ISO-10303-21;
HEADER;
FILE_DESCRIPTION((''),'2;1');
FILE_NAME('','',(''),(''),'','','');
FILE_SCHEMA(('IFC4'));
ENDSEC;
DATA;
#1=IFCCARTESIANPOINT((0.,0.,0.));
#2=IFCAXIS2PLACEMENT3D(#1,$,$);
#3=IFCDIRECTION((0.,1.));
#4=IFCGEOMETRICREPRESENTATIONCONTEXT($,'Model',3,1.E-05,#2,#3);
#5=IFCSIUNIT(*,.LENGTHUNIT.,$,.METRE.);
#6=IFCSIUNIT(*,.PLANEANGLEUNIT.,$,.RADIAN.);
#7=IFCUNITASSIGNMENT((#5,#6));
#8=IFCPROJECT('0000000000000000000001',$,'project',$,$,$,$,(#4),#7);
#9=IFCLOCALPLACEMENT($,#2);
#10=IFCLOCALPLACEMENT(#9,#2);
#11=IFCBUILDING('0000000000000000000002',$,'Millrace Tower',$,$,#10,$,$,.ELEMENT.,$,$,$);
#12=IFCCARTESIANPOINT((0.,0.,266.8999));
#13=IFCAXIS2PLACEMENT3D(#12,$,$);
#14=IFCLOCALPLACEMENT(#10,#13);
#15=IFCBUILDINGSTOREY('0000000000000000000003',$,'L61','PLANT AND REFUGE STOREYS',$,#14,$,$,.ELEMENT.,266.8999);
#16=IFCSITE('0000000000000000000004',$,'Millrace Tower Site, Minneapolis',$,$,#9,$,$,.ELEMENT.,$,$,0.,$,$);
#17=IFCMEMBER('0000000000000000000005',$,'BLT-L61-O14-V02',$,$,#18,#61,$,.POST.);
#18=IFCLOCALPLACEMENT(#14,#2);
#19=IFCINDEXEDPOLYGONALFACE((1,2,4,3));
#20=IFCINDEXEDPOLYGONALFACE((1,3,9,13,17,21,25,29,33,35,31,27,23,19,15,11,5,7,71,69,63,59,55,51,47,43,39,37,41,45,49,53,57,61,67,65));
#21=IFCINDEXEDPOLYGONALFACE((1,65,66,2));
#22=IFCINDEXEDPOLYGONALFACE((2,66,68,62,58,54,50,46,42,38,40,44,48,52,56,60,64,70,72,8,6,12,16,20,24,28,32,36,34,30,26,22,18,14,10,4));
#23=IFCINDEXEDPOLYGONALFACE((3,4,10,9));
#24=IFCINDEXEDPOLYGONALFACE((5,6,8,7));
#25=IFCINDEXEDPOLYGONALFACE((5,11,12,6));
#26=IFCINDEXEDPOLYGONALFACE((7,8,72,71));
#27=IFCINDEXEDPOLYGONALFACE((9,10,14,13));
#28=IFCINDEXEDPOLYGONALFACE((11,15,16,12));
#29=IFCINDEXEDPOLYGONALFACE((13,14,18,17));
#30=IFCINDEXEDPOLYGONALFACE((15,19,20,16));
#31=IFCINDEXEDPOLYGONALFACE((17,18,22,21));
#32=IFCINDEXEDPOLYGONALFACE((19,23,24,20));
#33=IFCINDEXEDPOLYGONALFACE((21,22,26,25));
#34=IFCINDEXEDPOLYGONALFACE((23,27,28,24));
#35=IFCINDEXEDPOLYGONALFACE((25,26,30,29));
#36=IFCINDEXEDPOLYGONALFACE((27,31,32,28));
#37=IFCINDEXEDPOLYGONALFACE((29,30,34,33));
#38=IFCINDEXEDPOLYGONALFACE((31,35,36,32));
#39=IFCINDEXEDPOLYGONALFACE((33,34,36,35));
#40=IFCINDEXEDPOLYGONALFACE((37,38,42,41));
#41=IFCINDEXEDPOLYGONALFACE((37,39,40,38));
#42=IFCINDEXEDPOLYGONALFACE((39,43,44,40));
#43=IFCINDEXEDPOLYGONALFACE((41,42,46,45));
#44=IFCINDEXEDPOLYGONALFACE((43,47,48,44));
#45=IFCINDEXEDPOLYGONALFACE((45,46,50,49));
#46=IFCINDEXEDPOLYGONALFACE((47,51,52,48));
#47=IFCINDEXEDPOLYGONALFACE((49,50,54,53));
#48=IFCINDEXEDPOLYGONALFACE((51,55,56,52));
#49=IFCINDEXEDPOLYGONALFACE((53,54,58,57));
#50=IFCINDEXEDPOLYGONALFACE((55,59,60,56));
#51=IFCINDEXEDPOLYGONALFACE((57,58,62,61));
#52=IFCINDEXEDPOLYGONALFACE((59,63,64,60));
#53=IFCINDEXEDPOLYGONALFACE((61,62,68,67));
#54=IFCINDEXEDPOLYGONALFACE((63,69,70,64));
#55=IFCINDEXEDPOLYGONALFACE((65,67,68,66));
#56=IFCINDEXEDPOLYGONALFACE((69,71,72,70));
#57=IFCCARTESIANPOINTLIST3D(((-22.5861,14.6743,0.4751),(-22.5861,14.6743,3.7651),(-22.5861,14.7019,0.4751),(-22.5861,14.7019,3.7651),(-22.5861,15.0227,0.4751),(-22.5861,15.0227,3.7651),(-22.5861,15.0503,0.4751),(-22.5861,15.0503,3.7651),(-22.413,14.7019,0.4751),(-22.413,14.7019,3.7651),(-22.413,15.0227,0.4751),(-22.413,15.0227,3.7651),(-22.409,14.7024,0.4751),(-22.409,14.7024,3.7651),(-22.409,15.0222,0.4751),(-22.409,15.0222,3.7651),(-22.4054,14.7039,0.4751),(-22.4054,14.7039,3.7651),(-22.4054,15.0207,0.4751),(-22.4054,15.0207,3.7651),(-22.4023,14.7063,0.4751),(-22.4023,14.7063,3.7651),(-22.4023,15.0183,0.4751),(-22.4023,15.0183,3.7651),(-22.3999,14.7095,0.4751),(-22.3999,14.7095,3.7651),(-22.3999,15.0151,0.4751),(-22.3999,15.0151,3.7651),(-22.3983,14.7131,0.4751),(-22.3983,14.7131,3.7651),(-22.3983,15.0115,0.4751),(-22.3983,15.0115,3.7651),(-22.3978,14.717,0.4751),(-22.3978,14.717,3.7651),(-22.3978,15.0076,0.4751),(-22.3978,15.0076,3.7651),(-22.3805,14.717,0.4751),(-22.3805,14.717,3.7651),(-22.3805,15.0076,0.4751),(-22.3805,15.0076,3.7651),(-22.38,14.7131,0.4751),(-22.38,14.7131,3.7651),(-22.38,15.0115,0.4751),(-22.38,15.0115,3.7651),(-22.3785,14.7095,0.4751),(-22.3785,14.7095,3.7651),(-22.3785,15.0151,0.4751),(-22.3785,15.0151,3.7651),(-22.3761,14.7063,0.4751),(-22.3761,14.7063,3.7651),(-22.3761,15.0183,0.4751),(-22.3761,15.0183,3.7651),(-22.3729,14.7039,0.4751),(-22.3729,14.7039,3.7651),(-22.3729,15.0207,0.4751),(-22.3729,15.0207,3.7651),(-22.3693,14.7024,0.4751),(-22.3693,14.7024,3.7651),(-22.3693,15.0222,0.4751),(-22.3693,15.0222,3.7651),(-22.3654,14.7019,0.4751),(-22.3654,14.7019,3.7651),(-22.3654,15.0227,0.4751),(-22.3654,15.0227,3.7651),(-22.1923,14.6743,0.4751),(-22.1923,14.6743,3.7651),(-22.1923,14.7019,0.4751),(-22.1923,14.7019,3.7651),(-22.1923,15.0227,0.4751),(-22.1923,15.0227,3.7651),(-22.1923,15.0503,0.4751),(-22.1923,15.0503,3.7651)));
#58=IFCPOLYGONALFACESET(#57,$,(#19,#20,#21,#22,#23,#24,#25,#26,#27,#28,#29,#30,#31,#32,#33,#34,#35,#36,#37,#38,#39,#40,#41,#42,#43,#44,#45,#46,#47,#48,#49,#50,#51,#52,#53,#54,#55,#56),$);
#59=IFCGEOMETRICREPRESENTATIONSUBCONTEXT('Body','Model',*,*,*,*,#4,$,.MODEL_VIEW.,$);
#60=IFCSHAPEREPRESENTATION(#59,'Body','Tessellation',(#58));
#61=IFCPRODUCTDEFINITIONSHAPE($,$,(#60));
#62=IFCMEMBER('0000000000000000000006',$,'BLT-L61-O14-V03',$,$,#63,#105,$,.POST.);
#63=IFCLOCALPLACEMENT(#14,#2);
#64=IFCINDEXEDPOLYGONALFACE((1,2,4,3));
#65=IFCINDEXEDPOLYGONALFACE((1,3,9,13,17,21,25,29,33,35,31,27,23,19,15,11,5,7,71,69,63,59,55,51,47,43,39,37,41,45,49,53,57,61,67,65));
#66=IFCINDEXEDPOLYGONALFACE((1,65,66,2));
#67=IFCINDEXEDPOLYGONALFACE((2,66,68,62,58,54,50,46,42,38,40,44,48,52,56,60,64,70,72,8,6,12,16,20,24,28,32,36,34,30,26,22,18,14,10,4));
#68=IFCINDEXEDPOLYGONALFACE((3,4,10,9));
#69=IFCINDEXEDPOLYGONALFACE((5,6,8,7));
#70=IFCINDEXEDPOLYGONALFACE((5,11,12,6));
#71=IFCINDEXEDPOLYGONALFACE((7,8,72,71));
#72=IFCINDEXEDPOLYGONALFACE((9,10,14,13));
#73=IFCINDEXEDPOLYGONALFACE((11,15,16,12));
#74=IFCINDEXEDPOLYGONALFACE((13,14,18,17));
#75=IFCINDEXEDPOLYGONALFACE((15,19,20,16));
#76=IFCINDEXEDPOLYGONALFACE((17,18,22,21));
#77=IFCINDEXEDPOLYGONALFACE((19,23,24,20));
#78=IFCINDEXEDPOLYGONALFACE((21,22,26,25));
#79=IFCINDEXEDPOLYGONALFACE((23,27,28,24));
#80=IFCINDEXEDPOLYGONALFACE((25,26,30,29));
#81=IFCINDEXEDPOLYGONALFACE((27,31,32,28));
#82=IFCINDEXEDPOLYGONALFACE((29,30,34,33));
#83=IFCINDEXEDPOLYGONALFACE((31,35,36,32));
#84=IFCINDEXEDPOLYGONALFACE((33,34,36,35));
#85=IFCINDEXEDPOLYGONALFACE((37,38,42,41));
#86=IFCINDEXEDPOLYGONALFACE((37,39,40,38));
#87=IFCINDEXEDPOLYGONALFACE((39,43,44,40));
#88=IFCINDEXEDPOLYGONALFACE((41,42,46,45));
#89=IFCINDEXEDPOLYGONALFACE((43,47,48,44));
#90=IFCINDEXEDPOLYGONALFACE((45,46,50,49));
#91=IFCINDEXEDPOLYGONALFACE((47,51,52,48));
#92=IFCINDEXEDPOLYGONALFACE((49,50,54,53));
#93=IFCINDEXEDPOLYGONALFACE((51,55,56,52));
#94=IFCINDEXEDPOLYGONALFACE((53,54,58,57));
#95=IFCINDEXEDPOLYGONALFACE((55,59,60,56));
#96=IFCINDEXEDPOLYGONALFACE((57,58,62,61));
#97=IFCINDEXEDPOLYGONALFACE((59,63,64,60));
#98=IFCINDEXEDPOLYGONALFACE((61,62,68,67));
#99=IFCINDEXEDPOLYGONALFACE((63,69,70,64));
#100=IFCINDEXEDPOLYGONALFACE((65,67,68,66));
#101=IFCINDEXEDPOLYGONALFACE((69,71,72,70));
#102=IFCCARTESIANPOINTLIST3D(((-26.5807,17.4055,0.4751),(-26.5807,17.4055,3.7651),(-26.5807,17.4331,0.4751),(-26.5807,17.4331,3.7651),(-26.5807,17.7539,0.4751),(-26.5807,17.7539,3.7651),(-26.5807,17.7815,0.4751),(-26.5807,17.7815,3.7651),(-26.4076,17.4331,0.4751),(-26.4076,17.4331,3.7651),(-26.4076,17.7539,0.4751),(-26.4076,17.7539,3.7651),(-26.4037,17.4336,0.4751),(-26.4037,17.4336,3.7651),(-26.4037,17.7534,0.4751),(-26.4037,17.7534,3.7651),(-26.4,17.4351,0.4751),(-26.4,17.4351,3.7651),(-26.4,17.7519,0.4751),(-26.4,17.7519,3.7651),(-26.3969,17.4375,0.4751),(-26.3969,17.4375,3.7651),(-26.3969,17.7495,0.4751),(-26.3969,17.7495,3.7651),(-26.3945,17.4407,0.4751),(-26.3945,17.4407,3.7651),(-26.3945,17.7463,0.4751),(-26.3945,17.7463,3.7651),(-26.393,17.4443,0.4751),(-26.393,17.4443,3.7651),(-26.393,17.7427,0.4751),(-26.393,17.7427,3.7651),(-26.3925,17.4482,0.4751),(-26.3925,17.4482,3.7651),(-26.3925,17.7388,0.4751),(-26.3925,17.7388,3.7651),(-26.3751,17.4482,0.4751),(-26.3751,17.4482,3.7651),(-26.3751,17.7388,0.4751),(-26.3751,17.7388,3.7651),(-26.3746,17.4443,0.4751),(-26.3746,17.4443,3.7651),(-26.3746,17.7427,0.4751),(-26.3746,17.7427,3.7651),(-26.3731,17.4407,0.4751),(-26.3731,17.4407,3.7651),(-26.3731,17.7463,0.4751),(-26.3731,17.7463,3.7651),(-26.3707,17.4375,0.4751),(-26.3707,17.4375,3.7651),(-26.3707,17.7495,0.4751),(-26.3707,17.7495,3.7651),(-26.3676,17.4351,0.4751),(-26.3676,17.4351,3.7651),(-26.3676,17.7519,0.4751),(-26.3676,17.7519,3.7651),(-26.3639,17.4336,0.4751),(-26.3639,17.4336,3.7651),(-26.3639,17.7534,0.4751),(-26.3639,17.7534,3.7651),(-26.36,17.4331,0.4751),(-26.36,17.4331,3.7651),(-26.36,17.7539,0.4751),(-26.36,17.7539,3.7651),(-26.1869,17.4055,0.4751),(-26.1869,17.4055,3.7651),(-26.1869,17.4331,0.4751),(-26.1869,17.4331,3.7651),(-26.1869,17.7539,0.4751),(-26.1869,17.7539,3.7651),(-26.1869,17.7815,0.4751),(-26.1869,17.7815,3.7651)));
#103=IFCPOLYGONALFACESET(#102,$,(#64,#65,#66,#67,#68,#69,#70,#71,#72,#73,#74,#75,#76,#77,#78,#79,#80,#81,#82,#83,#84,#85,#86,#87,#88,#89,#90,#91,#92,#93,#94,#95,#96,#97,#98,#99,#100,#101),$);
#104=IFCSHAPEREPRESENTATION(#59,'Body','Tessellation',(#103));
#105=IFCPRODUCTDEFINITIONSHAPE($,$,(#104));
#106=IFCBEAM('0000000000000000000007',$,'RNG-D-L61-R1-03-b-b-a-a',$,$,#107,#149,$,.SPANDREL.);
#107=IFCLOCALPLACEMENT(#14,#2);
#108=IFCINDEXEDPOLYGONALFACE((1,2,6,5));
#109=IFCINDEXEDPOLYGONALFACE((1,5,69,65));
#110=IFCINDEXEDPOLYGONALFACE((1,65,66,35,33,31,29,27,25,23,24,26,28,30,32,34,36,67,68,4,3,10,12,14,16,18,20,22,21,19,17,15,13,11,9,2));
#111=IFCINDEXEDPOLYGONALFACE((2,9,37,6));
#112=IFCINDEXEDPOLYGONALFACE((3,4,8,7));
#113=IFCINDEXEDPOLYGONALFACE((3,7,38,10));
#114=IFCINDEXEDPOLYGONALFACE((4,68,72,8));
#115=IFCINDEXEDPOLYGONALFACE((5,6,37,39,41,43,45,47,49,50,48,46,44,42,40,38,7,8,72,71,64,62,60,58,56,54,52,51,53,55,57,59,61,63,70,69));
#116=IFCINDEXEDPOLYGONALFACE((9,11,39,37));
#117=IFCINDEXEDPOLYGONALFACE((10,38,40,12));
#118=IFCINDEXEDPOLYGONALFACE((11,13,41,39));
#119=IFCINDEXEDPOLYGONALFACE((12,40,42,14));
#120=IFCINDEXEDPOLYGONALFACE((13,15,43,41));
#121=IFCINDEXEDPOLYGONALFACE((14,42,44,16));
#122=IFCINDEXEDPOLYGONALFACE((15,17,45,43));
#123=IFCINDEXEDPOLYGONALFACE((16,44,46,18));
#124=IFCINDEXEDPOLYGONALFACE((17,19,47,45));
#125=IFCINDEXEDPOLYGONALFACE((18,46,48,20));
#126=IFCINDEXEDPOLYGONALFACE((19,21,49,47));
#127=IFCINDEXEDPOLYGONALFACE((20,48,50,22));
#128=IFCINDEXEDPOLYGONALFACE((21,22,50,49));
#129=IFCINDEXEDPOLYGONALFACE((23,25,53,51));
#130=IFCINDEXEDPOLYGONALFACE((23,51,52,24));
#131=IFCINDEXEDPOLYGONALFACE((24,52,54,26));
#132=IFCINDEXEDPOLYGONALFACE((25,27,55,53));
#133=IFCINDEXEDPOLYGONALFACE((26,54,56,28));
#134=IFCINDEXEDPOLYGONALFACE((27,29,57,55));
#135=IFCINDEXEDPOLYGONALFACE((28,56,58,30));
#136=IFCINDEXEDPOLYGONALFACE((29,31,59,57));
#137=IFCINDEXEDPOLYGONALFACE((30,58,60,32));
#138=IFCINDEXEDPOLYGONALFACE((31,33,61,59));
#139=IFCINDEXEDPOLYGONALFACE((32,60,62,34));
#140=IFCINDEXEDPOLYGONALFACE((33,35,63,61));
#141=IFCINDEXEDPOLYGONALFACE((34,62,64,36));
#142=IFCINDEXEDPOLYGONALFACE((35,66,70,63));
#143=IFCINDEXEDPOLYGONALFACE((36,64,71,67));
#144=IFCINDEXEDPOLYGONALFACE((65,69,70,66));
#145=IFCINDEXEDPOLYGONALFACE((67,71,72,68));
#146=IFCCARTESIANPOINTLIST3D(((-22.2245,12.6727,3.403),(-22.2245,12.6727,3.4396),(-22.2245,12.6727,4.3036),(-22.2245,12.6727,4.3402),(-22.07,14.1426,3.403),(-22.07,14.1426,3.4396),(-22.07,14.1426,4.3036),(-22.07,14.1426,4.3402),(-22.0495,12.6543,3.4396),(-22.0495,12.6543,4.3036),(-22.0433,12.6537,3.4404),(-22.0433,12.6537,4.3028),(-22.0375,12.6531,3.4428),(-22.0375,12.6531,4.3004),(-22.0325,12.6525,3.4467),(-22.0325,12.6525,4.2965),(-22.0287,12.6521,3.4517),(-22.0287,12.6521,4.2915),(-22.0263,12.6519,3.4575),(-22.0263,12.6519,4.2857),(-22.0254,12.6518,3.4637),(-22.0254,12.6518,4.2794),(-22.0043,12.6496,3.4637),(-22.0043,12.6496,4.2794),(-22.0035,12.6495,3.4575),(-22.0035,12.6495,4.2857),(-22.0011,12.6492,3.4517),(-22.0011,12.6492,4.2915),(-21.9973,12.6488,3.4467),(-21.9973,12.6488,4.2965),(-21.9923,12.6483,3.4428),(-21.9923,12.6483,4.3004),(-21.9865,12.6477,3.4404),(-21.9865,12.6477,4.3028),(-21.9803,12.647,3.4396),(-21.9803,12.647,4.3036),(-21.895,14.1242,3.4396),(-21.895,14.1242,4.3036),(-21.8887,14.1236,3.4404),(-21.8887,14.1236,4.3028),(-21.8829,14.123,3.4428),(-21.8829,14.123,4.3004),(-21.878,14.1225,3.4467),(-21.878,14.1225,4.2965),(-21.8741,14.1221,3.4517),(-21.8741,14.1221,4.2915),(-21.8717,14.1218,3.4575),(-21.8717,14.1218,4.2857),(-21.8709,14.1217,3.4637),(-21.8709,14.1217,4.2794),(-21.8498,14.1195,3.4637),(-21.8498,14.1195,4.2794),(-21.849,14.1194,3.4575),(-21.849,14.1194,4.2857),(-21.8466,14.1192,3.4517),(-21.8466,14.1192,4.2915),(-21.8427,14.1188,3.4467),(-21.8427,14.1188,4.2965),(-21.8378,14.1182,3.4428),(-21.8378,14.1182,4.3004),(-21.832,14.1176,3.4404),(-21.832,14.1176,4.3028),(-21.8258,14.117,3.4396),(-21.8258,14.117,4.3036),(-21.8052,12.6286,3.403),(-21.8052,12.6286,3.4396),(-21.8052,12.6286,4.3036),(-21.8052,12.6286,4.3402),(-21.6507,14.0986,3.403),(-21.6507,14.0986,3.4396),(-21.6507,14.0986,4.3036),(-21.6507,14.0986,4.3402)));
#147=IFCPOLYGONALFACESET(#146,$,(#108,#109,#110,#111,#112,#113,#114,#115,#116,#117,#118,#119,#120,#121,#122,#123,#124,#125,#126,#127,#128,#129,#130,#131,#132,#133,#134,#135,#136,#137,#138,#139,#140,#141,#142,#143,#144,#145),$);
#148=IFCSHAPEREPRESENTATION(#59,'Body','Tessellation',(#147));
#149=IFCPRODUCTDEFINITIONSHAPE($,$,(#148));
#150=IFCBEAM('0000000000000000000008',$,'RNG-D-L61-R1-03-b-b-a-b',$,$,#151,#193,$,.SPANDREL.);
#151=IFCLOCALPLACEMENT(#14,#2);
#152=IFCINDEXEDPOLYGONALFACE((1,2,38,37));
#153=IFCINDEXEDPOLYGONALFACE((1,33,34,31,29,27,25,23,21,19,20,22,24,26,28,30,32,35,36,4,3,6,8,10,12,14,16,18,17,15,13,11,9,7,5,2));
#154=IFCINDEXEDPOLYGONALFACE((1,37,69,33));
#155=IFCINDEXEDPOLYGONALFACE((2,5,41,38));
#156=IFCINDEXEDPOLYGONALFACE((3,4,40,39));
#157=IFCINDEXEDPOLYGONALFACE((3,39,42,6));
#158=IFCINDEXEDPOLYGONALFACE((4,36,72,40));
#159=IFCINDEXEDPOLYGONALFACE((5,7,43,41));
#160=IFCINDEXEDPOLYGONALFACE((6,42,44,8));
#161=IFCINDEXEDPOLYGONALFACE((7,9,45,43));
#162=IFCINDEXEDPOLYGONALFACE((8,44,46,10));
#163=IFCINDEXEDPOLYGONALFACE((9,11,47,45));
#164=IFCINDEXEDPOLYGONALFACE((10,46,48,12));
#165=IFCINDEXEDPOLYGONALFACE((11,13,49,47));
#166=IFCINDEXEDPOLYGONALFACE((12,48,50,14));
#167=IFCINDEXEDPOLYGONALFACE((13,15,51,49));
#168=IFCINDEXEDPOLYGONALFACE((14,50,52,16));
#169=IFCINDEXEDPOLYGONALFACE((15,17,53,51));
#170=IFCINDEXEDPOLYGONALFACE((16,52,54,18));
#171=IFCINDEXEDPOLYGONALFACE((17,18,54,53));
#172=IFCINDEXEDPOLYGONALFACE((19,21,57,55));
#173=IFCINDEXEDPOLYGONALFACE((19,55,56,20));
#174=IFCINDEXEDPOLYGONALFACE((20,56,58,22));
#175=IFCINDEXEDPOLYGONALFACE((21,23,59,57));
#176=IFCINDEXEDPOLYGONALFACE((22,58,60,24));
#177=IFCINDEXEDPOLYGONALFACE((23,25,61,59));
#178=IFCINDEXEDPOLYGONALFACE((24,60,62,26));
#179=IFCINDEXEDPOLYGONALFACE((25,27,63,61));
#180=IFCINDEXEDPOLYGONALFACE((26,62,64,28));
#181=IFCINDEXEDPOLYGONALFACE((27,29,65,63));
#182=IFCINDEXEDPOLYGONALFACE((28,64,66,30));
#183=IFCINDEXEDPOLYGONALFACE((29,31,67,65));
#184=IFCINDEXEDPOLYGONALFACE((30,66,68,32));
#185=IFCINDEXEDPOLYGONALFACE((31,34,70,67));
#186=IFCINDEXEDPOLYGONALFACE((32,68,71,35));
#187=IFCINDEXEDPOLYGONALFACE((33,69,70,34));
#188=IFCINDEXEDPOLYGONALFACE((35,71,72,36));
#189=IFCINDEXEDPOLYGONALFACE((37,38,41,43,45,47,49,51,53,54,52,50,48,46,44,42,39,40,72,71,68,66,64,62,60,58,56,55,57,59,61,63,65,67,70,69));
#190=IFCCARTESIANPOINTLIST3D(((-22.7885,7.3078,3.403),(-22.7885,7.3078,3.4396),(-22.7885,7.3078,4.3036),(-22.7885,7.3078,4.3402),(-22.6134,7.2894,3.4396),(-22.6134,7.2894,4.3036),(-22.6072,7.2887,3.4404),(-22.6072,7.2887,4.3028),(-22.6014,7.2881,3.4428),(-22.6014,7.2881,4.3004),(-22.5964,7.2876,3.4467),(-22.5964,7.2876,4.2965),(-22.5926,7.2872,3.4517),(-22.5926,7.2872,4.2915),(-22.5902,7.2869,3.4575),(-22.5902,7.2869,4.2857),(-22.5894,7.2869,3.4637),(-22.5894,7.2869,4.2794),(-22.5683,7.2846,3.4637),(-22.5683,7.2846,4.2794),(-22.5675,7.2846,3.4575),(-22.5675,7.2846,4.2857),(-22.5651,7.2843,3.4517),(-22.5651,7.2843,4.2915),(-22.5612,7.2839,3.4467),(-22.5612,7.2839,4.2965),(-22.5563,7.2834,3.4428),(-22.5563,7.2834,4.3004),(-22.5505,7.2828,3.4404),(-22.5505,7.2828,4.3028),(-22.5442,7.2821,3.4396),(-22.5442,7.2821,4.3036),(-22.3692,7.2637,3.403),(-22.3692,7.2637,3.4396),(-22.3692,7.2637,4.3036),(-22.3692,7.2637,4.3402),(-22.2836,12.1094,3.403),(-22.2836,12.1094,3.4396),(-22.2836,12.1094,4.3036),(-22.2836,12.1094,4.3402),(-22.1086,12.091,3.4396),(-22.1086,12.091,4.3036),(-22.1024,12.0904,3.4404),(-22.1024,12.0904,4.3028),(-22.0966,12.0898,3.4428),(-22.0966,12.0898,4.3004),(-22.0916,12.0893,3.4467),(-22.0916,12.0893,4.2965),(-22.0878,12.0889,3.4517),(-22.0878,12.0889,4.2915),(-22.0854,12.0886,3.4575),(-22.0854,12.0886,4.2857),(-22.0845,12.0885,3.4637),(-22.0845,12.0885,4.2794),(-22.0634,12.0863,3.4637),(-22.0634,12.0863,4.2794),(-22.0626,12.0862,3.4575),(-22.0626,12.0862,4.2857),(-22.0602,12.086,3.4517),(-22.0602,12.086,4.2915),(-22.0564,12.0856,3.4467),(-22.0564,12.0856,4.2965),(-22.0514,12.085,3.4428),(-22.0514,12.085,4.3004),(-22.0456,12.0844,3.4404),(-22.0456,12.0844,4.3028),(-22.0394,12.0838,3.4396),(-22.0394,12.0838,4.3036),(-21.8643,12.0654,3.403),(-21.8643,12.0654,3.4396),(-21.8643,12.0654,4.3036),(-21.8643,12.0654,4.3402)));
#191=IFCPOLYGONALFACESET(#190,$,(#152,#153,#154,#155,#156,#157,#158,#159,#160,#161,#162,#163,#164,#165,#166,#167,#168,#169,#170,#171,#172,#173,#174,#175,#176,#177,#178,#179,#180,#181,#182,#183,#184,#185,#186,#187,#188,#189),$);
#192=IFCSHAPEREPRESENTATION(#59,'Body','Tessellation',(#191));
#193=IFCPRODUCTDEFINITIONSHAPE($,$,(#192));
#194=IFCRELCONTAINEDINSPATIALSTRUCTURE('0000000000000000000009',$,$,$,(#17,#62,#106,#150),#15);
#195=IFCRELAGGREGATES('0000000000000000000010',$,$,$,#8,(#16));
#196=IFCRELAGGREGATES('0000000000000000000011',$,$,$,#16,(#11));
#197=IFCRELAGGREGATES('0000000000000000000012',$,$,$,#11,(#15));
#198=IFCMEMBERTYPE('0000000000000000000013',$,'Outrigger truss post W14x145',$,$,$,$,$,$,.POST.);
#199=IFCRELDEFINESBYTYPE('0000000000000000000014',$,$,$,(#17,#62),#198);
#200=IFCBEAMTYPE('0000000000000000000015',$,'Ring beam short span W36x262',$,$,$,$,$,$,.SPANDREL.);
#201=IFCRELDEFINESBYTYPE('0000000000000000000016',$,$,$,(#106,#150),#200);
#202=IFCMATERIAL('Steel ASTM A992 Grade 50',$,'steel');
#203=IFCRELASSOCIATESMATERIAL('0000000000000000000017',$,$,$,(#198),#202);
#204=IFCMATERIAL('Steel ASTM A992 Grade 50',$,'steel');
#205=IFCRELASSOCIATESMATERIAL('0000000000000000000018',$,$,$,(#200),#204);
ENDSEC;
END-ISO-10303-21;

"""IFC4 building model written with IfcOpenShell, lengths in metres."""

from ifc_helpers import new_model, si_unit, direction, frame, origin, origin_2d, place, context, subcontext, project, spatial, i_section, extrude, material, material_profile, profile_set, type_object, element, save


model = new_model("IFC4")

# Units and contexts
model_context = context("Model", 3, precision=1e-05, world=origin(), true_north=direction((0.0, 1.0)))
body_context = subcontext(model_context, "Body", "Model", "MODEL_VIEW")
ifc_project = project(units=[si_unit("LENGTHUNIT", "METRE"), si_unit("PLANEANGLEUNIT", "RADIAN")], contexts=[model_context])

# Site, building, storey
site_placement = place(None, origin())
site = spatial("IfcSite", under=ifc_project, at=site_placement, Name="Millrace Tower Site, Minneapolis", CompositionType="ELEMENT", RefElevation=0.0)
building_placement = place(site_placement, origin())
building = spatial("IfcBuilding", under=site, at=building_placement, Name="Millrace Tower", CompositionType="ELEMENT")
storey_placement = place(building_placement, frame((0.0, 0.0, 266.8999)))
storey = spatial("IfcBuildingStorey", under=building, at=storey_placement, Name="L61", Description="PLANT AND REFUGE STOREYS", CompositionType="ELEMENT", Elevation=266.8999)

# Members
ifc_material_1 = material(Name="Steel ASTM A992 Grade 50", Category="steel")
ifc_material_profile_1 = material_profile(ifc_material_1, i_section(OverallWidth=0.3938, OverallDepth=0.376, WebThickness=0.0173, FlangeThickness=0.0276, FilletRadius=0.0151, at=origin_2d()))
ifc_profile_set_1 = profile_set([ifc_material_profile_1], Name="Steel ASTM A992 Grade 50")
member_type_1 = type_object("IfcMemberType", Name="Outrigger truss post W14x145", PredefinedType="POST", material=ifc_profile_set_1)
for number, where, z_axis, x_axis, name in (
    (1, (-22.3892, 14.8623, 0.4751), (0.0, 0.0, 1.0), (1.0, 0.0, 0.0), "BLT-L61-O14-V02"),
    (2, (-26.3838, 17.5935, 0.4751), (0.0, 0.0, 1.0), (1.0, 0.0, 0.0), "BLT-L61-O14-V03"),
):
    element("IfcMember", number, at=place(storey_placement, frame(where, z_axis=z_axis, x_axis=x_axis)), inside=storey, type_object=member_type_1, Name=name, PredefinedType="POST", context=body_context, shape_type="SweptSolid", body=[
        extrude(i_section(OverallWidth=0.3938, OverallDepth=0.376, WebThickness=0.0173, FlangeThickness=0.0276, FilletRadius=0.0151, at=origin_2d()), origin(), (0.0, 0.0, 1.0), 3.29),
    ])

# Beams
ifc_material_2 = material(Name="Steel ASTM A992 Grade 50", Category="steel")
ifc_material_profile_2 = material_profile(ifc_material_2, i_section(OverallWidth=0.4216, OverallDepth=0.9373, WebThickness=0.0212, FlangeThickness=0.0366, FilletRadius=0.0242, at=origin_2d()))
ifc_profile_set_2 = profile_set([ifc_material_profile_2], Name="Steel ASTM A992 Grade 50")
beam_type_1 = type_object("IfcBeamType", Name="Ring beam short span W36x262", PredefinedType="SPANDREL", material=ifc_profile_set_2)
beam_1_placement = place(storey_placement, frame((-21.8604, 14.1206, 3.8716), z_axis=(-0.104556, -0.994519, 0.0), x_axis=(0.994519, -0.104556, 0.0)))
element("IfcBeam", 3, at=beam_1_placement, inside=storey, type_object=beam_type_1, Name="RNG-D-L61-R1-03-b-b-a-a", PredefinedType="SPANDREL", context=body_context, shape_type="SweptSolid", body=[
    extrude(i_section(OverallWidth=0.4216, OverallDepth=0.9373, WebThickness=0.0212, FlangeThickness=0.0366, FilletRadius=0.0242, at=origin_2d()), origin(), (0.0, 0.0, 1.0), 1.478),
])
beam_2_placement = place(storey_placement, frame((-22.074, 12.0874, 3.8716), z_axis=(-0.104569, -0.994518, 0.0), x_axis=(0.994518, -0.104569, 0.0)))
element("IfcBeam", 4, at=beam_2_placement, inside=storey, type_object=beam_type_1, Name="RNG-D-L61-R1-03-b-b-a-b", PredefinedType="SPANDREL", context=body_context, shape_type="SweptSolid", body=[
    extrude(i_section(OverallWidth=0.4216, OverallDepth=0.9373, WebThickness=0.0212, FlangeThickness=0.0366, FilletRadius=0.0242, at=origin_2d()), origin(), (0.0, 0.0, 1.0), 4.8281),
])

save(model, "model.ifc")
